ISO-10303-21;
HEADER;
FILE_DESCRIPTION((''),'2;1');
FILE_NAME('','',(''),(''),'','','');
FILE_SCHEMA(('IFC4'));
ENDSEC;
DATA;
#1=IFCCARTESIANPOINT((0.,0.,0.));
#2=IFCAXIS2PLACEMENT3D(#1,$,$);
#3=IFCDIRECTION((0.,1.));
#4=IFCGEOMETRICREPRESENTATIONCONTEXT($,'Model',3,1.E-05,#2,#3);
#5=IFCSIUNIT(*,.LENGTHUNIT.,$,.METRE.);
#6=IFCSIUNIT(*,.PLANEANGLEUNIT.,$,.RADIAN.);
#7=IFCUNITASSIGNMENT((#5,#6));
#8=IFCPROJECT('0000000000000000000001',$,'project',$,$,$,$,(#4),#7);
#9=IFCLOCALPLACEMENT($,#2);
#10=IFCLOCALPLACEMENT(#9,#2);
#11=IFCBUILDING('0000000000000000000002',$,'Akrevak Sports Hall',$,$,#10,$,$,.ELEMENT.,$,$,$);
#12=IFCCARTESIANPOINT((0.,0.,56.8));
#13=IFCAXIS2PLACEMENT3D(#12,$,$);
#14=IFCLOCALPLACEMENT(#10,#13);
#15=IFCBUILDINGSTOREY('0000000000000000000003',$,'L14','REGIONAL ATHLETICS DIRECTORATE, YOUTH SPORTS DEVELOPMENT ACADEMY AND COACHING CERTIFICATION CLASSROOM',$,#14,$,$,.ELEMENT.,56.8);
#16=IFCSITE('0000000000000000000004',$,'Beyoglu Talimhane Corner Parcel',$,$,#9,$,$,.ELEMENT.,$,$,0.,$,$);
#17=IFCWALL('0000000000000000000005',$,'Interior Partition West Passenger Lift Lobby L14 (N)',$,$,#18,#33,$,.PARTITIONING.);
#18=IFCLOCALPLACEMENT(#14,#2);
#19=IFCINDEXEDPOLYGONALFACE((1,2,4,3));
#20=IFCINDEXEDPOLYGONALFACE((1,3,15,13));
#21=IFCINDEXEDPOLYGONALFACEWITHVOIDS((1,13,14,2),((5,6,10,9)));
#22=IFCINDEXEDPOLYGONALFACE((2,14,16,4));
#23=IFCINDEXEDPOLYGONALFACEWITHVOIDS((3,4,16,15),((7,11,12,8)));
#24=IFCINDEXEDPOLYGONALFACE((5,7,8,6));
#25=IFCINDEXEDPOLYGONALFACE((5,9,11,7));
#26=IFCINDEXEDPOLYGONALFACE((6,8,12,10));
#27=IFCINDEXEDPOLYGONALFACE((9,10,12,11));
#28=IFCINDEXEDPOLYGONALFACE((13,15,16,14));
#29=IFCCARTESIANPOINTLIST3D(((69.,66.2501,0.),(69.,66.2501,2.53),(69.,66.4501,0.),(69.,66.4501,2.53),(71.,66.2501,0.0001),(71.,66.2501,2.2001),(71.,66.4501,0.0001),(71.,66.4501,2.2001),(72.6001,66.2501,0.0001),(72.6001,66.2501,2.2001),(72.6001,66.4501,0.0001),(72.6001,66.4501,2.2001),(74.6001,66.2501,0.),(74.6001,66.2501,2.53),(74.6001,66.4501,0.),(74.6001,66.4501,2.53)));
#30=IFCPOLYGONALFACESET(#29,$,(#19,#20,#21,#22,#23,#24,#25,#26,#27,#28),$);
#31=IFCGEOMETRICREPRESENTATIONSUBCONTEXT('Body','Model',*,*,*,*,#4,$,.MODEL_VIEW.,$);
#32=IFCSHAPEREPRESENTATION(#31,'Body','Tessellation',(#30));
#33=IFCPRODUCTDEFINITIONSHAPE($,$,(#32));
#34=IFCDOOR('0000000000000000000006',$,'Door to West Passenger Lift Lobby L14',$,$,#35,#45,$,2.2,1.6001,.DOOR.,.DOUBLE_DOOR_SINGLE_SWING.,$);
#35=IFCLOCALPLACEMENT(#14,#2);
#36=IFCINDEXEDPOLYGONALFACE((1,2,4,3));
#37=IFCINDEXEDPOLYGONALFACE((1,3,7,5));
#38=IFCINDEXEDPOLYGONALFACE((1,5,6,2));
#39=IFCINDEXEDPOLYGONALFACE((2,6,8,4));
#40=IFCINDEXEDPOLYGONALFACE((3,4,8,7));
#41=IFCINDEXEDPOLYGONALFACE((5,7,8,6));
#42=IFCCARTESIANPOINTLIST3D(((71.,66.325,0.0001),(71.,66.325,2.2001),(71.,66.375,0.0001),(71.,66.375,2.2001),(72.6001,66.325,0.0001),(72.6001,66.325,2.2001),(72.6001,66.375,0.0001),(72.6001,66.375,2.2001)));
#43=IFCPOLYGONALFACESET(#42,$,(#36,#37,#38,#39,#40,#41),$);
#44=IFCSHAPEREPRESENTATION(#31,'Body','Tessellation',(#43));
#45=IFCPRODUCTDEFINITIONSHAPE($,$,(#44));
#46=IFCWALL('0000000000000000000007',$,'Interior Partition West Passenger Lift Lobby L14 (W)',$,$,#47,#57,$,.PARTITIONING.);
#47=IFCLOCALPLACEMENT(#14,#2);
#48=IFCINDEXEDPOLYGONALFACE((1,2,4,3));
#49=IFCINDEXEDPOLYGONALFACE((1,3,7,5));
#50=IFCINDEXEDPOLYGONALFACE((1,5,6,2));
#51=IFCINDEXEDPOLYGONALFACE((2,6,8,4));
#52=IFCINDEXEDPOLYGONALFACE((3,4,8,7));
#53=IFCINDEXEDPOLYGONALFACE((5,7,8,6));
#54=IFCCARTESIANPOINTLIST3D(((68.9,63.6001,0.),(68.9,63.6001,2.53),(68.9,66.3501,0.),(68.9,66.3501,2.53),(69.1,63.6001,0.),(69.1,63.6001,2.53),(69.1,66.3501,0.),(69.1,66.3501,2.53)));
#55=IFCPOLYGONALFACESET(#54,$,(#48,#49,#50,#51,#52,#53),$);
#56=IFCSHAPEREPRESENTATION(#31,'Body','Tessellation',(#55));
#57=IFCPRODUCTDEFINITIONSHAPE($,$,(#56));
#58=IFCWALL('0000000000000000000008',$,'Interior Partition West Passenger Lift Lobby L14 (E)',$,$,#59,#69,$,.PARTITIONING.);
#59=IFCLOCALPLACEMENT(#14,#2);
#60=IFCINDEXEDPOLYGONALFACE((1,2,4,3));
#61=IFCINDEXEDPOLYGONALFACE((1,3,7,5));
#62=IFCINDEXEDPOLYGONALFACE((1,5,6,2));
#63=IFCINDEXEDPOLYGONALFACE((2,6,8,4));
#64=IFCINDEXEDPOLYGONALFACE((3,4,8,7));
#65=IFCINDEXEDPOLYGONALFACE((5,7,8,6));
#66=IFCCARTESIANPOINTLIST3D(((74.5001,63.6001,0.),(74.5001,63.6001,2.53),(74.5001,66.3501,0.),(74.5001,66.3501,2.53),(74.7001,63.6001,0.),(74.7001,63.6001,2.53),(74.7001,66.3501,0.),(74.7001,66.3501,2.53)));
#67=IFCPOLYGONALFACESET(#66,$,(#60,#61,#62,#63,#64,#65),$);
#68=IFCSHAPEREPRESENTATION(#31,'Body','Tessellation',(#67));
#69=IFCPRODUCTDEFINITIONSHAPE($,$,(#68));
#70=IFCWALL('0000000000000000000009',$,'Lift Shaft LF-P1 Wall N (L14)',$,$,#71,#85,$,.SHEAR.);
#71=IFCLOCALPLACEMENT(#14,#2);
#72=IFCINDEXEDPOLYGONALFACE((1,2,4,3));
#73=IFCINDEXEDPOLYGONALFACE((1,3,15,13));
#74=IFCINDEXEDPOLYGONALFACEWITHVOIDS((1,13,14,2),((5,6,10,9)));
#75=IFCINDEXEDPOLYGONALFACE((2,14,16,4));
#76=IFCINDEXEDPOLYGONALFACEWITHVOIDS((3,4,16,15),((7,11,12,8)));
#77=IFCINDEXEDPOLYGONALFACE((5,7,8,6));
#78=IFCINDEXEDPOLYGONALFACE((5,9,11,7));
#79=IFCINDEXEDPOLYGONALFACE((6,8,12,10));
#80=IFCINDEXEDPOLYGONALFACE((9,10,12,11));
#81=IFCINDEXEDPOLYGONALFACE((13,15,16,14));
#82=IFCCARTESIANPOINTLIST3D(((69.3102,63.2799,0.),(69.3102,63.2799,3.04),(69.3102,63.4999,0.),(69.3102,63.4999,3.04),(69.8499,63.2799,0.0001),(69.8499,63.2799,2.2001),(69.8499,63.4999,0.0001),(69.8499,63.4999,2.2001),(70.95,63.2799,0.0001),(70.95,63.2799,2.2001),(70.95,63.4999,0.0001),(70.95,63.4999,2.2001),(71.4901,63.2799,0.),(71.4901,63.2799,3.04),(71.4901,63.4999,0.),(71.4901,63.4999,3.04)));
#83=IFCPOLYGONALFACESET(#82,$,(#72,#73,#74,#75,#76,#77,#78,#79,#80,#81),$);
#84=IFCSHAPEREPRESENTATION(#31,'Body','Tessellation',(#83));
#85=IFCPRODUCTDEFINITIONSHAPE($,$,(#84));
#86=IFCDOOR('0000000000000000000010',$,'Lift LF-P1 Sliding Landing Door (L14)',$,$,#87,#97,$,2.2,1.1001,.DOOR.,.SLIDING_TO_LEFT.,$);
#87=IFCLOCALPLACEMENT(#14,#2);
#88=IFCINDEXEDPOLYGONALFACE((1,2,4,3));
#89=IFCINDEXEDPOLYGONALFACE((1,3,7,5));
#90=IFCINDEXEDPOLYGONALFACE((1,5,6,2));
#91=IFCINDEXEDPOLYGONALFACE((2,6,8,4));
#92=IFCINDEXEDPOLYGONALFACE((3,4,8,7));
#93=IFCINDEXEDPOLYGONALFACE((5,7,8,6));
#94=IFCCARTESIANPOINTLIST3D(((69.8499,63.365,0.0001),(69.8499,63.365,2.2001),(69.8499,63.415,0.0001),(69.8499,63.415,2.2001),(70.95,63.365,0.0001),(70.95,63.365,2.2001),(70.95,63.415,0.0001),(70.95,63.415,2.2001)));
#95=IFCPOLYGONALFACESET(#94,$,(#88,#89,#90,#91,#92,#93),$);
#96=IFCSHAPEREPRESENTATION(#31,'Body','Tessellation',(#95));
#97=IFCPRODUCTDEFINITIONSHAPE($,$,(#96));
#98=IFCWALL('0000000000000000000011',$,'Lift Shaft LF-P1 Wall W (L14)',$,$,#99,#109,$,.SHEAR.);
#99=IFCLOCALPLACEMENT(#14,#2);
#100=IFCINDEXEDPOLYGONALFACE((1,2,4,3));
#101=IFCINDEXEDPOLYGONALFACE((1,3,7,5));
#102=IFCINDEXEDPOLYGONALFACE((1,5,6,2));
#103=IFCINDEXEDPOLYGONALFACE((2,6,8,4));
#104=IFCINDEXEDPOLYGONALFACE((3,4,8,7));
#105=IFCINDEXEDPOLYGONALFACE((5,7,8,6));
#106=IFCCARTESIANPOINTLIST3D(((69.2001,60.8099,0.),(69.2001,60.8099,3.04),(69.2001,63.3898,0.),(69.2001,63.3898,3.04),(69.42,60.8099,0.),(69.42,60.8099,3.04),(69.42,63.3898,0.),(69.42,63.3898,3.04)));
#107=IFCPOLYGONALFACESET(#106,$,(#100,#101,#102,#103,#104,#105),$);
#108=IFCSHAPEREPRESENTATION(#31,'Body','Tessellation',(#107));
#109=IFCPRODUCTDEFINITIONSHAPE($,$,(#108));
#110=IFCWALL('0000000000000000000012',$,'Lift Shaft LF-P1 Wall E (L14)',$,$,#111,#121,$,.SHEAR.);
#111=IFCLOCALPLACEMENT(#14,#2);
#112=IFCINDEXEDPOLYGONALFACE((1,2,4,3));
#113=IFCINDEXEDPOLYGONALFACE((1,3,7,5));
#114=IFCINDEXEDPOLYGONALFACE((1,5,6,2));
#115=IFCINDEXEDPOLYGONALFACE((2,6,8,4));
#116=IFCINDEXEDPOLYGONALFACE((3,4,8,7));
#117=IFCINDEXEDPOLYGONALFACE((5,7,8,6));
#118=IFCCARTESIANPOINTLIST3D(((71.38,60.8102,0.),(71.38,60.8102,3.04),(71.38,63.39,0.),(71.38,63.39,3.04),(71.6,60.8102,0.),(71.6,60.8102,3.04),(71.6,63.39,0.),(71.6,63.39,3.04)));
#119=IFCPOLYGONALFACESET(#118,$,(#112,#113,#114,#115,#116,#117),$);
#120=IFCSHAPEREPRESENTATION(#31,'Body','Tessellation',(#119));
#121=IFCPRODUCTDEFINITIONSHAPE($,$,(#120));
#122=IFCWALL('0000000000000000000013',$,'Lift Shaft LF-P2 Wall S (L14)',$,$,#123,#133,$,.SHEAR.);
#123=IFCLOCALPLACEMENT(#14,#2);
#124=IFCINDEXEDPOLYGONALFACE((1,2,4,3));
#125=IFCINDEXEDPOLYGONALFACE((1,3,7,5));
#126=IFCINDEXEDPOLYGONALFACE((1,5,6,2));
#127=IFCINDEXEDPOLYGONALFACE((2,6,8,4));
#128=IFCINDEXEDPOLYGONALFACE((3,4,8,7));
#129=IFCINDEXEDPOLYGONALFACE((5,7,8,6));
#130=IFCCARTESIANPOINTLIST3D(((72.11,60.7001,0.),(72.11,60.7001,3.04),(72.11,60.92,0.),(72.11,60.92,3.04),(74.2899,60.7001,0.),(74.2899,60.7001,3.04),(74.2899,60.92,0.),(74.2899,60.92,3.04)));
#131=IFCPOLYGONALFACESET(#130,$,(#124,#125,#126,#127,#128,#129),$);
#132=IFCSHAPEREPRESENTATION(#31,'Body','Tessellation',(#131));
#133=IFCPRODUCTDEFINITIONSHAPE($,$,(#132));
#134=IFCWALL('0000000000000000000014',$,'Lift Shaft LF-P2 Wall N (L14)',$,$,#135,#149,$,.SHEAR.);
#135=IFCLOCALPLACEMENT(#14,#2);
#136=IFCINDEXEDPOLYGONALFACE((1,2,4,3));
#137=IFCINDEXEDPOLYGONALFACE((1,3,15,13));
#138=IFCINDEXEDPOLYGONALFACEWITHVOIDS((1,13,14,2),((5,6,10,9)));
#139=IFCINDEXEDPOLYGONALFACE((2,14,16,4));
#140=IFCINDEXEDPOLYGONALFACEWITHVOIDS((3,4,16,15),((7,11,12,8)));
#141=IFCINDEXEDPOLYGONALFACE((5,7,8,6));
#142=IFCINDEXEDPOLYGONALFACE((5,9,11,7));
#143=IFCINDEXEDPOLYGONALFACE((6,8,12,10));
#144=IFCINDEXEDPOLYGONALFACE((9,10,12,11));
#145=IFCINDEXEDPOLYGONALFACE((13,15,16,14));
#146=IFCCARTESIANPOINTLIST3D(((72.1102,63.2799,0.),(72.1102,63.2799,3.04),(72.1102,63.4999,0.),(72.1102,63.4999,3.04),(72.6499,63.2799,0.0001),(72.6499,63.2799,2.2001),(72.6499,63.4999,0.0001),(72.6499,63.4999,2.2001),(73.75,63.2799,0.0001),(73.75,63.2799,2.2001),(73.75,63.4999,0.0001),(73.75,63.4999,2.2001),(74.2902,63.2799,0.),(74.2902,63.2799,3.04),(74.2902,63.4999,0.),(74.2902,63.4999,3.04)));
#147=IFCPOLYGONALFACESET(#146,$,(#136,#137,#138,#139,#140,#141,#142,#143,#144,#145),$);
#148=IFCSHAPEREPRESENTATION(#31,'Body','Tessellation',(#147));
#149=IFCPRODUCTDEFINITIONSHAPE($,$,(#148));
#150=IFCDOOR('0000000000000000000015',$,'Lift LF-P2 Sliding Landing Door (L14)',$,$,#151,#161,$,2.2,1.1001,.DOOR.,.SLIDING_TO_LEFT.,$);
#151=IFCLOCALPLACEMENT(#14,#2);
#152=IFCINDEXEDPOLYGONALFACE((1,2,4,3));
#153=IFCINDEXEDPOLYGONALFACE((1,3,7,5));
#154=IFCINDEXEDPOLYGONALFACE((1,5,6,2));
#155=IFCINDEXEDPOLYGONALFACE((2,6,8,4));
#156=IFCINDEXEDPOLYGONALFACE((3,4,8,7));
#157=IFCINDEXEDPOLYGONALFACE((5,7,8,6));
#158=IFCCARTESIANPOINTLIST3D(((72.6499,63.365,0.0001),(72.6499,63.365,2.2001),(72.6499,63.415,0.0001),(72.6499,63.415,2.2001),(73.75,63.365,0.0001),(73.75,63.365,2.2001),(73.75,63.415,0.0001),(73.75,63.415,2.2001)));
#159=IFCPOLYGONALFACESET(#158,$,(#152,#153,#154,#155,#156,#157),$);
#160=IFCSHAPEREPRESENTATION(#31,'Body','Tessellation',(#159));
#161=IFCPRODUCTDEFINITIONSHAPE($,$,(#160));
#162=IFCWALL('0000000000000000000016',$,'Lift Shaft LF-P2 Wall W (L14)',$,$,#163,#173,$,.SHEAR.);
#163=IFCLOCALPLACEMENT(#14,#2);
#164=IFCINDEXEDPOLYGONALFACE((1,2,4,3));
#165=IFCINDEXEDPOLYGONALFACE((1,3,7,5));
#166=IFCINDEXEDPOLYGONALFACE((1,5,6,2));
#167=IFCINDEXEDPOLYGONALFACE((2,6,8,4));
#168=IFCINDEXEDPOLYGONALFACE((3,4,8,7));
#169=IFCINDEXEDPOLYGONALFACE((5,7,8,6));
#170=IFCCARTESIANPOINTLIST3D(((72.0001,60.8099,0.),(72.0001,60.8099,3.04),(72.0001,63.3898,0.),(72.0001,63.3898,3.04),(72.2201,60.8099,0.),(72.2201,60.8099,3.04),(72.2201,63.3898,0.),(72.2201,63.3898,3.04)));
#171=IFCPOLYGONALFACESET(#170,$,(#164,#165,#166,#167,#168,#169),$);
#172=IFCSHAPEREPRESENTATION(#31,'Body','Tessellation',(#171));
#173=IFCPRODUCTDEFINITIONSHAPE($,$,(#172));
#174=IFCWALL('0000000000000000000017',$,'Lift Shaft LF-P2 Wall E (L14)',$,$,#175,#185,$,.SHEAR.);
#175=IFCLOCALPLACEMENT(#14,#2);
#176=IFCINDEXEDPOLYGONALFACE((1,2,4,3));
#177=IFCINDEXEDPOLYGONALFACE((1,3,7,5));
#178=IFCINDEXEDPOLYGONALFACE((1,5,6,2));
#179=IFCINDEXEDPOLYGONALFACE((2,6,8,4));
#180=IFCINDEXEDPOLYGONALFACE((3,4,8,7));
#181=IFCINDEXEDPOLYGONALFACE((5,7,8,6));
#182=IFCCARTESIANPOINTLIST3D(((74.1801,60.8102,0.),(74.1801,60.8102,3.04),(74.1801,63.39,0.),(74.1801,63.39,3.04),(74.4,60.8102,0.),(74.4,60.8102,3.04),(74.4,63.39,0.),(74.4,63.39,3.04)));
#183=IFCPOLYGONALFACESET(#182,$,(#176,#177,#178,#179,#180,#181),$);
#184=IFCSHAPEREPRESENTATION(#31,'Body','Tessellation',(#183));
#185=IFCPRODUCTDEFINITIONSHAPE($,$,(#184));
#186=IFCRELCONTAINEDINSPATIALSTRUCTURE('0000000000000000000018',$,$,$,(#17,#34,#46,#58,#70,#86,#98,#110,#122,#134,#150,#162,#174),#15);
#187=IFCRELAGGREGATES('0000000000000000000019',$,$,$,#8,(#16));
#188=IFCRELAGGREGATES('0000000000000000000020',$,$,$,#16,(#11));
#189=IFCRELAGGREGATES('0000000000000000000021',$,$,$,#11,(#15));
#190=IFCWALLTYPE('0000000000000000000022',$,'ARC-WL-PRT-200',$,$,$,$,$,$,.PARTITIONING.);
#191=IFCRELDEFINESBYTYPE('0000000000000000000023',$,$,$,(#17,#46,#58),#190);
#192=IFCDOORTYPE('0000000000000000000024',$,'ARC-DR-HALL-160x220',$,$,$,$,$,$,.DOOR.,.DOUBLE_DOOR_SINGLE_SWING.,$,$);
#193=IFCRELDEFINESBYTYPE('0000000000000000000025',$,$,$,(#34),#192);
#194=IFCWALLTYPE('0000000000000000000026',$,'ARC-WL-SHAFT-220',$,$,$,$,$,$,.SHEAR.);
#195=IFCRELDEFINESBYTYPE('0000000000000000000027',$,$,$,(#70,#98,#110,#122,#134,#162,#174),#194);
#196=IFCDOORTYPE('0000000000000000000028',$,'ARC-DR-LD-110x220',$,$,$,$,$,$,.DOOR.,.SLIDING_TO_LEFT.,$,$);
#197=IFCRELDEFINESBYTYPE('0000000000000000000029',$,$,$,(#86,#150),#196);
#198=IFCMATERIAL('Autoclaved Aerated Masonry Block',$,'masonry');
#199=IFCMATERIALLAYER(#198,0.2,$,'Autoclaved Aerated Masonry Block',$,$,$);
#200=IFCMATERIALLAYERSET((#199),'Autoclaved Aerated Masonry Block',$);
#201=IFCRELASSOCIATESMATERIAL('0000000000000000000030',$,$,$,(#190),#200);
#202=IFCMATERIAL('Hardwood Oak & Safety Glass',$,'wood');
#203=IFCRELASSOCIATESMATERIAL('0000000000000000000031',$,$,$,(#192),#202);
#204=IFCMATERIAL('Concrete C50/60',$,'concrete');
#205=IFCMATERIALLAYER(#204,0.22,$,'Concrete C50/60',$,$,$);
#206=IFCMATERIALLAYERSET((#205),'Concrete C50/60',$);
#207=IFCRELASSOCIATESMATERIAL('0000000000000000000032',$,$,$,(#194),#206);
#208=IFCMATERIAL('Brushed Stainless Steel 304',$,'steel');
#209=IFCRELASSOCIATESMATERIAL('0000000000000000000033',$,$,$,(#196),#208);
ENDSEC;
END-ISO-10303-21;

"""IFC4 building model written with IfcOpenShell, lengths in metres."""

from ifc_helpers import new_model, si_unit, direction, frame, frame_2d, origin, place, context, subcontext, project, spatial, rectangle, extrude, material, layer, layer_set, type_object, element, fill, save


model = new_model("IFC4")

# Units and contexts
model_context = context("Model", 3, precision=1e-05, world=origin(), true_north=direction((0.0, 1.0)))
body_context = subcontext(model_context, "Body", "Model", "MODEL_VIEW")
ifc_project = project(units=[si_unit("LENGTHUNIT", "METRE"), si_unit("PLANEANGLEUNIT", "RADIAN")], contexts=[model_context])

# Site, building, storey
site_placement = place(None, origin())
site = spatial("IfcSite", under=ifc_project, at=site_placement, Name="Beyoglu Talimhane Corner Parcel", CompositionType="ELEMENT", RefElevation=0.0)
building_placement = place(site_placement, origin())
building = spatial("IfcBuilding", under=site, at=building_placement, Name="Akrevak Sports Hall", CompositionType="ELEMENT")
storey_placement = place(building_placement, frame((0.0, 0.0, 56.8)))
storey = spatial("IfcBuildingStorey", under=building, at=storey_placement, Name="L14", Description="REGIONAL ATHLETICS DIRECTORATE, YOUTH SPORTS DEVELOPMENT ACADEMY AND COACHING CERTIFICATION CLASSROOM", CompositionType="ELEMENT", Elevation=56.8)

# Wall, opening, door
ifc_material_1 = material(Name="Autoclaved Aerated Masonry Block", Category="masonry")
ifc_layer_1 = layer(ifc_material_1, 0.2, Name="Autoclaved Aerated Masonry Block")
ifc_layer_set_1 = layer_set([ifc_layer_1], Name="Autoclaved Aerated Masonry Block")
wall_type_1 = type_object("IfcWallType", Name="ARC-WL-PRT-200", PredefinedType="PARTITIONING", material=ifc_layer_set_1)
wall_1_placement = place(storey_placement, frame((69.0, 66.3501, 0.0), z_axis=(0.0, 0.0, 1.0), x_axis=(1.0, 0.0, 0.0)))
wall_1 = element("IfcWall", 1, at=wall_1_placement, inside=storey, type_object=wall_type_1, Name="Interior Partition West Passenger Lift Lobby L14 (N)", PredefinedType="PARTITIONING", context=body_context, shape_type="SweptSolid", body=[
    extrude(rectangle(XDim=5.6001, YDim=0.2, at=frame_2d((2.8, 0.0))), origin(), (0.0, 0.0, 1.0), 2.53),
])
opening_1_placement = place(wall_1_placement, frame((2.0, 0.0, 0.0)))
opening_1 = element("IfcOpeningElement", 2, at=opening_1_placement, cuts=wall_1, PredefinedType="OPENING", context=body_context, shape_type="SweptSolid", body=[
    extrude(rectangle(XDim=1.6001, YDim=2.2, at=frame_2d((0.8, 1.1001))), frame((0.0, 0.1118, 0.0), z_axis=(0.0, -1.0, 0.0), x_axis=(1.0, 0.0, 0.0)), (0.0, 0.0, 1.0), 0.2239),
])
ifc_material_2 = material(Name="Hardwood Oak & Safety Glass", Category="wood")
door_type_1 = type_object("IfcDoorType", Name="ARC-DR-HALL-160x220", OperationType="DOUBLE_DOOR_SINGLE_SWING", PredefinedType="DOOR", material=ifc_material_2)
door_1_placement = place(opening_1_placement, origin())
door_1 = element("IfcDoor", 3, at=door_1_placement, inside=storey, type_object=door_type_1, Name="Door to West Passenger Lift Lobby L14", OperationType="DOUBLE_DOOR_SINGLE_SWING", OverallHeight=2.2, OverallWidth=1.6001, PredefinedType="DOOR", context=body_context, shape_type="SweptSolid", body=[
    extrude(rectangle(XDim=1.6001, YDim=2.2, at=frame_2d((0.8, 1.1001))), frame((0.0, 0.0249, 0.0), z_axis=(0.0, -1.0, 0.0), x_axis=(1.0, 0.0, 0.0)), (0.0, 0.0, 1.0), 0.05),
])
fill(opening_1, door_1)

# Walls
for number, where, z_axis, x_axis, name in (
    (4, (69.0, 63.6001, 0.0), (0.0, 0.0, 1.0), (0.0, 1.0, 0.0), "Interior Partition West Passenger Lift Lobby L14 (W)"),
    (5, (74.6001, 63.6001, 0.0), (0.0, 0.0, 1.0), (0.0, 1.0, 0.0), "Interior Partition West Passenger Lift Lobby L14 (E)"),
):
    element("IfcWall", number, at=place(storey_placement, frame(where, z_axis=z_axis, x_axis=x_axis)), inside=storey, type_object=wall_type_1, Name=name, PredefinedType="PARTITIONING", context=body_context, shape_type="SweptSolid", body=[
        extrude(rectangle(XDim=2.75, YDim=0.2, at=frame_2d((1.375, 0.0))), origin(), (0.0, 0.0, 1.0), 2.53),
    ])
ifc_material_3 = material(Name="Concrete C50/60", Category="concrete")
ifc_layer_2 = layer(ifc_material_3, 0.22, Name="Concrete C50/60")
ifc_layer_set_2 = layer_set([ifc_layer_2], Name="Concrete C50/60")
wall_type_2 = type_object("IfcWallType", Name="ARC-WL-SHAFT-220", PredefinedType="SHEAR", material=ifc_layer_set_2)

# Wall, opening, door
wall_2_placement = place(storey_placement, frame((71.49, 63.3899, 0.0), z_axis=(0.0, 0.0, 1.0), x_axis=(-1.0, 0.0, 0.0)))
wall_2 = element("IfcWall", 6, at=wall_2_placement, inside=storey, type_object=wall_type_2, Name="Lift Shaft LF-P1 Wall N (L14)", PredefinedType="SHEAR", context=body_context, shape_type="SweptSolid", body=[
    extrude(rectangle(XDim=2.1799, YDim=0.22, at=frame_2d((1.0898, 0.0))), origin(), (0.0, 0.0, 1.0), 3.04),
])
opening_2_placement = place(wall_2_placement, frame((0.54, 0.0, 0.0)))
opening_2 = element("IfcOpeningElement", 7, at=opening_2_placement, cuts=wall_2, PredefinedType="OPENING", context=body_context, shape_type="SweptSolid", body=[
    extrude(rectangle(XDim=1.1001, YDim=2.2, at=frame_2d((0.55, 1.1001))), frame((0.0, 0.1221, 0.0), z_axis=(0.0, -1.0, 0.0), x_axis=(1.0, 0.0, 0.0)), (0.0, 0.0, 1.0), 0.2439),
])
ifc_material_4 = material(Name="Brushed Stainless Steel 304", Category="steel")
door_type_2 = type_object("IfcDoorType", Name="ARC-DR-LD-110x220", OperationType="SLIDING_TO_LEFT", PredefinedType="DOOR", material=ifc_material_4)
door_2_placement = place(opening_2_placement, origin())
door_2 = element("IfcDoor", 8, at=door_2_placement, inside=storey, type_object=door_type_2, Name="Lift LF-P1 Sliding Landing Door (L14)", OperationType="SLIDING_TO_LEFT", OverallHeight=2.2, OverallWidth=1.1001, PredefinedType="DOOR", context=body_context, shape_type="SweptSolid", body=[
    extrude(rectangle(XDim=1.1001, YDim=2.2, at=frame_2d((0.55, 1.1001))), frame((0.0, 0.0249, 0.0), z_axis=(0.0, -1.0, 0.0), x_axis=(1.0, 0.0, 0.0)), (0.0, 0.0, 1.0), 0.05),
])
fill(opening_2, door_2)

# Walls
for number, where, z_axis, x_axis, name in (
    (9, (69.3101, 63.3899, 0.0), (0.0, 0.0, 1.0), (0.0, -1.0, 0.0), "Lift Shaft LF-P1 Wall W (L14)"),
    (10, (71.49, 60.8101, 0.0), (0.0, 0.0, 1.0), (0.0, 1.0, 0.0), "Lift Shaft LF-P1 Wall E (L14)"),
):
    element("IfcWall", number, at=place(storey_placement, frame(where, z_axis=z_axis, x_axis=x_axis)), inside=storey, type_object=wall_type_2, Name=name, PredefinedType="SHEAR", context=body_context, shape_type="SweptSolid", body=[
        extrude(rectangle(XDim=2.5798, YDim=0.22, at=frame_2d((1.29, 0.0))), origin(), (0.0, 0.0, 1.0), 3.04),
    ])
wall_3_placement = place(storey_placement, frame((72.1101, 60.8101, 0.0), z_axis=(0.0, 0.0, 1.0), x_axis=(1.0, 0.0, 0.0)))
element("IfcWall", 11, at=wall_3_placement, inside=storey, type_object=wall_type_2, Name="Lift Shaft LF-P2 Wall S (L14)", PredefinedType="SHEAR", context=body_context, shape_type="SweptSolid", body=[
    extrude(rectangle(XDim=2.1799, YDim=0.22, at=frame_2d((1.0898, 0.0))), origin(), (0.0, 0.0, 1.0), 3.04),
])

# Wall, opening, door
wall_4_placement = place(storey_placement, frame((74.29, 63.3899, 0.0), z_axis=(0.0, 0.0, 1.0), x_axis=(-1.0, 0.0, 0.0)))
wall_4 = element("IfcWall", 12, at=wall_4_placement, inside=storey, type_object=wall_type_2, Name="Lift Shaft LF-P2 Wall N (L14)", PredefinedType="SHEAR", context=body_context, shape_type="SweptSolid", body=[
    extrude(rectangle(XDim=2.1799, YDim=0.22, at=frame_2d((1.0898, 0.0))), origin(), (0.0, 0.0, 1.0), 3.04),
])
opening_3_placement = place(wall_4_placement, frame((0.54, 0.0, 0.0)))
opening_3 = element("IfcOpeningElement", 13, at=opening_3_placement, cuts=wall_4, PredefinedType="OPENING", context=body_context, shape_type="SweptSolid", body=[
    extrude(rectangle(XDim=1.1001, YDim=2.2, at=frame_2d((0.55, 1.1001))), frame((0.0, 0.1221, 0.0), z_axis=(0.0, -1.0, 0.0), x_axis=(1.0, 0.0, 0.0)), (0.0, 0.0, 1.0), 0.2439),
])
door_3_placement = place(opening_3_placement, origin())
door_3 = element("IfcDoor", 14, at=door_3_placement, inside=storey, type_object=door_type_2, Name="Lift LF-P2 Sliding Landing Door (L14)", OperationType="SLIDING_TO_LEFT", OverallHeight=2.2, OverallWidth=1.1001, PredefinedType="DOOR", context=body_context, shape_type="SweptSolid", body=[
    extrude(rectangle(XDim=1.1001, YDim=2.2, at=frame_2d((0.55, 1.1001))), frame((0.0, 0.0249, 0.0), z_axis=(0.0, -1.0, 0.0), x_axis=(1.0, 0.0, 0.0)), (0.0, 0.0, 1.0), 0.05),
])
fill(opening_3, door_3)

# Walls
for number, where, z_axis, x_axis, name in (
    (15, (72.1101, 63.3899, 0.0), (0.0, 0.0, 1.0), (0.0, -1.0, 0.0), "Lift Shaft LF-P2 Wall W (L14)"),
    (16, (74.29, 60.8101, 0.0), (0.0, 0.0, 1.0), (0.0, 1.0, 0.0), "Lift Shaft LF-P2 Wall E (L14)"),
):
    element("IfcWall", number, at=place(storey_placement, frame(where, z_axis=z_axis, x_axis=x_axis)), inside=storey, type_object=wall_type_2, Name=name, PredefinedType="SHEAR", context=body_context, shape_type="SweptSolid", body=[
        extrude(rectangle(XDim=2.5798, YDim=0.22, at=frame_2d((1.29, 0.0))), origin(), (0.0, 0.0, 1.0), 3.04),
    ])

save(model, "model.ifc")
